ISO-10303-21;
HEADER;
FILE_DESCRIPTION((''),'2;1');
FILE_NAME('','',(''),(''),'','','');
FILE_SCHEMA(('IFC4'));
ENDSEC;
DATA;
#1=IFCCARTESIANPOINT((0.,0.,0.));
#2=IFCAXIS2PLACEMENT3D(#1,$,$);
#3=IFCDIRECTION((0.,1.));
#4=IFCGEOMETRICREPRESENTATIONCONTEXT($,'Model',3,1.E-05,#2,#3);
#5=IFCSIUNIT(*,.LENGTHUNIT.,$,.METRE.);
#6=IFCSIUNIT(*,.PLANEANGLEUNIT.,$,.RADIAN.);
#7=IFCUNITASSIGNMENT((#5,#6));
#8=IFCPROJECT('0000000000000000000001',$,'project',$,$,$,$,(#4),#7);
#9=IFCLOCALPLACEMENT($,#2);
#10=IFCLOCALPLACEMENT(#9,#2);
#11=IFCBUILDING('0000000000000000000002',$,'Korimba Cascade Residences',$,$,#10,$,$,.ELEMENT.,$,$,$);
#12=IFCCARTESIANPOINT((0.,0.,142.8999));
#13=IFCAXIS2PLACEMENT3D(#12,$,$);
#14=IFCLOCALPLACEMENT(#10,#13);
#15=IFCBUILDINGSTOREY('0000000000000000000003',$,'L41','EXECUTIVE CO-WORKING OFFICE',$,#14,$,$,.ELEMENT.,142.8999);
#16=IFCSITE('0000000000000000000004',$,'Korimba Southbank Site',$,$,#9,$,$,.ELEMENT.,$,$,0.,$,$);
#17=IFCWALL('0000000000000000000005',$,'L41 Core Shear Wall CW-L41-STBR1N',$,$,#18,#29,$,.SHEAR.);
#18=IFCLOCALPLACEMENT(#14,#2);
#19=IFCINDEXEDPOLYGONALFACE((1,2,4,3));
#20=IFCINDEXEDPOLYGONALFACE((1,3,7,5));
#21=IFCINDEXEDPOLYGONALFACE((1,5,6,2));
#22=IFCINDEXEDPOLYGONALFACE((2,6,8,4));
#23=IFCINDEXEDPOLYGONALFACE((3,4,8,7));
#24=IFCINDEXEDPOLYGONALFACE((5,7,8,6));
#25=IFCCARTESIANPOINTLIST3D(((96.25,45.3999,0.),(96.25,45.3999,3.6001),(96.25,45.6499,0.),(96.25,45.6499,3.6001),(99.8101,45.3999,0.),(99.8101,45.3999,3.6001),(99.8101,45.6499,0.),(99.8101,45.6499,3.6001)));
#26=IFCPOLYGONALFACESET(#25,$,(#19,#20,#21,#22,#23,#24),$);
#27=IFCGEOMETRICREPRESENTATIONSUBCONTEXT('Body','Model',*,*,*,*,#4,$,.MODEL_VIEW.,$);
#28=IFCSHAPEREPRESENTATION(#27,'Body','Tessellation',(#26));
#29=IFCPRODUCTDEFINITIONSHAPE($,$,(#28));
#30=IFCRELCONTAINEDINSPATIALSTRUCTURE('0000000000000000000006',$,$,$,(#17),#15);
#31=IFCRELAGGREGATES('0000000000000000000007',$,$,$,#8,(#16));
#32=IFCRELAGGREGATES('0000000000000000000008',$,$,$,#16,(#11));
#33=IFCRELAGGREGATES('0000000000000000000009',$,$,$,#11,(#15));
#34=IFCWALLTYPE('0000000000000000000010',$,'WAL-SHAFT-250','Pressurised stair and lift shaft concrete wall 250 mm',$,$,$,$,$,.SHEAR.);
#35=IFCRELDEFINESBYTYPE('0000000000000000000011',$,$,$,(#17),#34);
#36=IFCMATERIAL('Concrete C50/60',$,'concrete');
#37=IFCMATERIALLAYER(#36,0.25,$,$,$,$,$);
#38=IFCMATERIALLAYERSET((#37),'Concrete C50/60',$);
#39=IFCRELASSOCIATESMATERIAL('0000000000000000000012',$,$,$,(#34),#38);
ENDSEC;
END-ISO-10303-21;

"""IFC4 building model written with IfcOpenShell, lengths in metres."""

from ifc_helpers import new_model, si_unit, direction, frame, frame_2d, origin, place, context, subcontext, project, spatial, rectangle, extrude, material, layer, layer_set, type_object, element, save


model = new_model("IFC4")

# Units and contexts
model_context = context("Model", 3, precision=1e-05, world=origin(), true_north=direction((0.0, 1.0)))
body_context = subcontext(model_context, "Body", "Model", "MODEL_VIEW")
ifc_project = project(units=[si_unit("LENGTHUNIT", "METRE"), si_unit("PLANEANGLEUNIT", "RADIAN")], contexts=[model_context])

# Site, building, storey
site_placement = place(None, origin())
site = spatial("IfcSite", under=ifc_project, at=site_placement, Name="Korimba Southbank Site", CompositionType="ELEMENT", RefElevation=0.0)
building_placement = place(site_placement, origin())
building = spatial("IfcBuilding", under=site, at=building_placement, Name="Korimba Cascade Residences", CompositionType="ELEMENT")
storey_placement = place(building_placement, frame((0.0, 0.0, 142.8999)))
storey = spatial("IfcBuildingStorey", under=building, at=storey_placement, Name="L41", Description="EXECUTIVE CO-WORKING OFFICE", CompositionType="ELEMENT", Elevation=142.8999)

# Wall
ifc_material_1 = material(Name="Concrete C50/60", Category="concrete")
ifc_layer_1 = layer(ifc_material_1, 0.25)
ifc_layer_set_1 = layer_set([ifc_layer_1], Name="Concrete C50/60")
wall_type_1 = type_object("IfcWallType", Name="WAL-SHAFT-250", Description="Pressurised stair and lift shaft concrete wall 250 mm", PredefinedType="SHEAR", material=ifc_layer_set_1)
wall_1_placement = place(storey_placement, frame((96.25, 45.5249, 0.0), z_axis=(0.0, 0.0, 1.0), x_axis=(1.0, 0.0, 0.0)))
element("IfcWall", 1, at=wall_1_placement, inside=storey, type_object=wall_type_1, Name="L41 Core Shear Wall CW-L41-STBR1N", PredefinedType="SHEAR", context=body_context, shape_type="SweptSolid", body=[
    extrude(rectangle(XDim=3.5601, YDim=0.25, at=frame_2d((1.78, 0.0))), origin(), (0.0, 0.0, 1.0), 3.6001),
])

save(model, "model.ifc")
